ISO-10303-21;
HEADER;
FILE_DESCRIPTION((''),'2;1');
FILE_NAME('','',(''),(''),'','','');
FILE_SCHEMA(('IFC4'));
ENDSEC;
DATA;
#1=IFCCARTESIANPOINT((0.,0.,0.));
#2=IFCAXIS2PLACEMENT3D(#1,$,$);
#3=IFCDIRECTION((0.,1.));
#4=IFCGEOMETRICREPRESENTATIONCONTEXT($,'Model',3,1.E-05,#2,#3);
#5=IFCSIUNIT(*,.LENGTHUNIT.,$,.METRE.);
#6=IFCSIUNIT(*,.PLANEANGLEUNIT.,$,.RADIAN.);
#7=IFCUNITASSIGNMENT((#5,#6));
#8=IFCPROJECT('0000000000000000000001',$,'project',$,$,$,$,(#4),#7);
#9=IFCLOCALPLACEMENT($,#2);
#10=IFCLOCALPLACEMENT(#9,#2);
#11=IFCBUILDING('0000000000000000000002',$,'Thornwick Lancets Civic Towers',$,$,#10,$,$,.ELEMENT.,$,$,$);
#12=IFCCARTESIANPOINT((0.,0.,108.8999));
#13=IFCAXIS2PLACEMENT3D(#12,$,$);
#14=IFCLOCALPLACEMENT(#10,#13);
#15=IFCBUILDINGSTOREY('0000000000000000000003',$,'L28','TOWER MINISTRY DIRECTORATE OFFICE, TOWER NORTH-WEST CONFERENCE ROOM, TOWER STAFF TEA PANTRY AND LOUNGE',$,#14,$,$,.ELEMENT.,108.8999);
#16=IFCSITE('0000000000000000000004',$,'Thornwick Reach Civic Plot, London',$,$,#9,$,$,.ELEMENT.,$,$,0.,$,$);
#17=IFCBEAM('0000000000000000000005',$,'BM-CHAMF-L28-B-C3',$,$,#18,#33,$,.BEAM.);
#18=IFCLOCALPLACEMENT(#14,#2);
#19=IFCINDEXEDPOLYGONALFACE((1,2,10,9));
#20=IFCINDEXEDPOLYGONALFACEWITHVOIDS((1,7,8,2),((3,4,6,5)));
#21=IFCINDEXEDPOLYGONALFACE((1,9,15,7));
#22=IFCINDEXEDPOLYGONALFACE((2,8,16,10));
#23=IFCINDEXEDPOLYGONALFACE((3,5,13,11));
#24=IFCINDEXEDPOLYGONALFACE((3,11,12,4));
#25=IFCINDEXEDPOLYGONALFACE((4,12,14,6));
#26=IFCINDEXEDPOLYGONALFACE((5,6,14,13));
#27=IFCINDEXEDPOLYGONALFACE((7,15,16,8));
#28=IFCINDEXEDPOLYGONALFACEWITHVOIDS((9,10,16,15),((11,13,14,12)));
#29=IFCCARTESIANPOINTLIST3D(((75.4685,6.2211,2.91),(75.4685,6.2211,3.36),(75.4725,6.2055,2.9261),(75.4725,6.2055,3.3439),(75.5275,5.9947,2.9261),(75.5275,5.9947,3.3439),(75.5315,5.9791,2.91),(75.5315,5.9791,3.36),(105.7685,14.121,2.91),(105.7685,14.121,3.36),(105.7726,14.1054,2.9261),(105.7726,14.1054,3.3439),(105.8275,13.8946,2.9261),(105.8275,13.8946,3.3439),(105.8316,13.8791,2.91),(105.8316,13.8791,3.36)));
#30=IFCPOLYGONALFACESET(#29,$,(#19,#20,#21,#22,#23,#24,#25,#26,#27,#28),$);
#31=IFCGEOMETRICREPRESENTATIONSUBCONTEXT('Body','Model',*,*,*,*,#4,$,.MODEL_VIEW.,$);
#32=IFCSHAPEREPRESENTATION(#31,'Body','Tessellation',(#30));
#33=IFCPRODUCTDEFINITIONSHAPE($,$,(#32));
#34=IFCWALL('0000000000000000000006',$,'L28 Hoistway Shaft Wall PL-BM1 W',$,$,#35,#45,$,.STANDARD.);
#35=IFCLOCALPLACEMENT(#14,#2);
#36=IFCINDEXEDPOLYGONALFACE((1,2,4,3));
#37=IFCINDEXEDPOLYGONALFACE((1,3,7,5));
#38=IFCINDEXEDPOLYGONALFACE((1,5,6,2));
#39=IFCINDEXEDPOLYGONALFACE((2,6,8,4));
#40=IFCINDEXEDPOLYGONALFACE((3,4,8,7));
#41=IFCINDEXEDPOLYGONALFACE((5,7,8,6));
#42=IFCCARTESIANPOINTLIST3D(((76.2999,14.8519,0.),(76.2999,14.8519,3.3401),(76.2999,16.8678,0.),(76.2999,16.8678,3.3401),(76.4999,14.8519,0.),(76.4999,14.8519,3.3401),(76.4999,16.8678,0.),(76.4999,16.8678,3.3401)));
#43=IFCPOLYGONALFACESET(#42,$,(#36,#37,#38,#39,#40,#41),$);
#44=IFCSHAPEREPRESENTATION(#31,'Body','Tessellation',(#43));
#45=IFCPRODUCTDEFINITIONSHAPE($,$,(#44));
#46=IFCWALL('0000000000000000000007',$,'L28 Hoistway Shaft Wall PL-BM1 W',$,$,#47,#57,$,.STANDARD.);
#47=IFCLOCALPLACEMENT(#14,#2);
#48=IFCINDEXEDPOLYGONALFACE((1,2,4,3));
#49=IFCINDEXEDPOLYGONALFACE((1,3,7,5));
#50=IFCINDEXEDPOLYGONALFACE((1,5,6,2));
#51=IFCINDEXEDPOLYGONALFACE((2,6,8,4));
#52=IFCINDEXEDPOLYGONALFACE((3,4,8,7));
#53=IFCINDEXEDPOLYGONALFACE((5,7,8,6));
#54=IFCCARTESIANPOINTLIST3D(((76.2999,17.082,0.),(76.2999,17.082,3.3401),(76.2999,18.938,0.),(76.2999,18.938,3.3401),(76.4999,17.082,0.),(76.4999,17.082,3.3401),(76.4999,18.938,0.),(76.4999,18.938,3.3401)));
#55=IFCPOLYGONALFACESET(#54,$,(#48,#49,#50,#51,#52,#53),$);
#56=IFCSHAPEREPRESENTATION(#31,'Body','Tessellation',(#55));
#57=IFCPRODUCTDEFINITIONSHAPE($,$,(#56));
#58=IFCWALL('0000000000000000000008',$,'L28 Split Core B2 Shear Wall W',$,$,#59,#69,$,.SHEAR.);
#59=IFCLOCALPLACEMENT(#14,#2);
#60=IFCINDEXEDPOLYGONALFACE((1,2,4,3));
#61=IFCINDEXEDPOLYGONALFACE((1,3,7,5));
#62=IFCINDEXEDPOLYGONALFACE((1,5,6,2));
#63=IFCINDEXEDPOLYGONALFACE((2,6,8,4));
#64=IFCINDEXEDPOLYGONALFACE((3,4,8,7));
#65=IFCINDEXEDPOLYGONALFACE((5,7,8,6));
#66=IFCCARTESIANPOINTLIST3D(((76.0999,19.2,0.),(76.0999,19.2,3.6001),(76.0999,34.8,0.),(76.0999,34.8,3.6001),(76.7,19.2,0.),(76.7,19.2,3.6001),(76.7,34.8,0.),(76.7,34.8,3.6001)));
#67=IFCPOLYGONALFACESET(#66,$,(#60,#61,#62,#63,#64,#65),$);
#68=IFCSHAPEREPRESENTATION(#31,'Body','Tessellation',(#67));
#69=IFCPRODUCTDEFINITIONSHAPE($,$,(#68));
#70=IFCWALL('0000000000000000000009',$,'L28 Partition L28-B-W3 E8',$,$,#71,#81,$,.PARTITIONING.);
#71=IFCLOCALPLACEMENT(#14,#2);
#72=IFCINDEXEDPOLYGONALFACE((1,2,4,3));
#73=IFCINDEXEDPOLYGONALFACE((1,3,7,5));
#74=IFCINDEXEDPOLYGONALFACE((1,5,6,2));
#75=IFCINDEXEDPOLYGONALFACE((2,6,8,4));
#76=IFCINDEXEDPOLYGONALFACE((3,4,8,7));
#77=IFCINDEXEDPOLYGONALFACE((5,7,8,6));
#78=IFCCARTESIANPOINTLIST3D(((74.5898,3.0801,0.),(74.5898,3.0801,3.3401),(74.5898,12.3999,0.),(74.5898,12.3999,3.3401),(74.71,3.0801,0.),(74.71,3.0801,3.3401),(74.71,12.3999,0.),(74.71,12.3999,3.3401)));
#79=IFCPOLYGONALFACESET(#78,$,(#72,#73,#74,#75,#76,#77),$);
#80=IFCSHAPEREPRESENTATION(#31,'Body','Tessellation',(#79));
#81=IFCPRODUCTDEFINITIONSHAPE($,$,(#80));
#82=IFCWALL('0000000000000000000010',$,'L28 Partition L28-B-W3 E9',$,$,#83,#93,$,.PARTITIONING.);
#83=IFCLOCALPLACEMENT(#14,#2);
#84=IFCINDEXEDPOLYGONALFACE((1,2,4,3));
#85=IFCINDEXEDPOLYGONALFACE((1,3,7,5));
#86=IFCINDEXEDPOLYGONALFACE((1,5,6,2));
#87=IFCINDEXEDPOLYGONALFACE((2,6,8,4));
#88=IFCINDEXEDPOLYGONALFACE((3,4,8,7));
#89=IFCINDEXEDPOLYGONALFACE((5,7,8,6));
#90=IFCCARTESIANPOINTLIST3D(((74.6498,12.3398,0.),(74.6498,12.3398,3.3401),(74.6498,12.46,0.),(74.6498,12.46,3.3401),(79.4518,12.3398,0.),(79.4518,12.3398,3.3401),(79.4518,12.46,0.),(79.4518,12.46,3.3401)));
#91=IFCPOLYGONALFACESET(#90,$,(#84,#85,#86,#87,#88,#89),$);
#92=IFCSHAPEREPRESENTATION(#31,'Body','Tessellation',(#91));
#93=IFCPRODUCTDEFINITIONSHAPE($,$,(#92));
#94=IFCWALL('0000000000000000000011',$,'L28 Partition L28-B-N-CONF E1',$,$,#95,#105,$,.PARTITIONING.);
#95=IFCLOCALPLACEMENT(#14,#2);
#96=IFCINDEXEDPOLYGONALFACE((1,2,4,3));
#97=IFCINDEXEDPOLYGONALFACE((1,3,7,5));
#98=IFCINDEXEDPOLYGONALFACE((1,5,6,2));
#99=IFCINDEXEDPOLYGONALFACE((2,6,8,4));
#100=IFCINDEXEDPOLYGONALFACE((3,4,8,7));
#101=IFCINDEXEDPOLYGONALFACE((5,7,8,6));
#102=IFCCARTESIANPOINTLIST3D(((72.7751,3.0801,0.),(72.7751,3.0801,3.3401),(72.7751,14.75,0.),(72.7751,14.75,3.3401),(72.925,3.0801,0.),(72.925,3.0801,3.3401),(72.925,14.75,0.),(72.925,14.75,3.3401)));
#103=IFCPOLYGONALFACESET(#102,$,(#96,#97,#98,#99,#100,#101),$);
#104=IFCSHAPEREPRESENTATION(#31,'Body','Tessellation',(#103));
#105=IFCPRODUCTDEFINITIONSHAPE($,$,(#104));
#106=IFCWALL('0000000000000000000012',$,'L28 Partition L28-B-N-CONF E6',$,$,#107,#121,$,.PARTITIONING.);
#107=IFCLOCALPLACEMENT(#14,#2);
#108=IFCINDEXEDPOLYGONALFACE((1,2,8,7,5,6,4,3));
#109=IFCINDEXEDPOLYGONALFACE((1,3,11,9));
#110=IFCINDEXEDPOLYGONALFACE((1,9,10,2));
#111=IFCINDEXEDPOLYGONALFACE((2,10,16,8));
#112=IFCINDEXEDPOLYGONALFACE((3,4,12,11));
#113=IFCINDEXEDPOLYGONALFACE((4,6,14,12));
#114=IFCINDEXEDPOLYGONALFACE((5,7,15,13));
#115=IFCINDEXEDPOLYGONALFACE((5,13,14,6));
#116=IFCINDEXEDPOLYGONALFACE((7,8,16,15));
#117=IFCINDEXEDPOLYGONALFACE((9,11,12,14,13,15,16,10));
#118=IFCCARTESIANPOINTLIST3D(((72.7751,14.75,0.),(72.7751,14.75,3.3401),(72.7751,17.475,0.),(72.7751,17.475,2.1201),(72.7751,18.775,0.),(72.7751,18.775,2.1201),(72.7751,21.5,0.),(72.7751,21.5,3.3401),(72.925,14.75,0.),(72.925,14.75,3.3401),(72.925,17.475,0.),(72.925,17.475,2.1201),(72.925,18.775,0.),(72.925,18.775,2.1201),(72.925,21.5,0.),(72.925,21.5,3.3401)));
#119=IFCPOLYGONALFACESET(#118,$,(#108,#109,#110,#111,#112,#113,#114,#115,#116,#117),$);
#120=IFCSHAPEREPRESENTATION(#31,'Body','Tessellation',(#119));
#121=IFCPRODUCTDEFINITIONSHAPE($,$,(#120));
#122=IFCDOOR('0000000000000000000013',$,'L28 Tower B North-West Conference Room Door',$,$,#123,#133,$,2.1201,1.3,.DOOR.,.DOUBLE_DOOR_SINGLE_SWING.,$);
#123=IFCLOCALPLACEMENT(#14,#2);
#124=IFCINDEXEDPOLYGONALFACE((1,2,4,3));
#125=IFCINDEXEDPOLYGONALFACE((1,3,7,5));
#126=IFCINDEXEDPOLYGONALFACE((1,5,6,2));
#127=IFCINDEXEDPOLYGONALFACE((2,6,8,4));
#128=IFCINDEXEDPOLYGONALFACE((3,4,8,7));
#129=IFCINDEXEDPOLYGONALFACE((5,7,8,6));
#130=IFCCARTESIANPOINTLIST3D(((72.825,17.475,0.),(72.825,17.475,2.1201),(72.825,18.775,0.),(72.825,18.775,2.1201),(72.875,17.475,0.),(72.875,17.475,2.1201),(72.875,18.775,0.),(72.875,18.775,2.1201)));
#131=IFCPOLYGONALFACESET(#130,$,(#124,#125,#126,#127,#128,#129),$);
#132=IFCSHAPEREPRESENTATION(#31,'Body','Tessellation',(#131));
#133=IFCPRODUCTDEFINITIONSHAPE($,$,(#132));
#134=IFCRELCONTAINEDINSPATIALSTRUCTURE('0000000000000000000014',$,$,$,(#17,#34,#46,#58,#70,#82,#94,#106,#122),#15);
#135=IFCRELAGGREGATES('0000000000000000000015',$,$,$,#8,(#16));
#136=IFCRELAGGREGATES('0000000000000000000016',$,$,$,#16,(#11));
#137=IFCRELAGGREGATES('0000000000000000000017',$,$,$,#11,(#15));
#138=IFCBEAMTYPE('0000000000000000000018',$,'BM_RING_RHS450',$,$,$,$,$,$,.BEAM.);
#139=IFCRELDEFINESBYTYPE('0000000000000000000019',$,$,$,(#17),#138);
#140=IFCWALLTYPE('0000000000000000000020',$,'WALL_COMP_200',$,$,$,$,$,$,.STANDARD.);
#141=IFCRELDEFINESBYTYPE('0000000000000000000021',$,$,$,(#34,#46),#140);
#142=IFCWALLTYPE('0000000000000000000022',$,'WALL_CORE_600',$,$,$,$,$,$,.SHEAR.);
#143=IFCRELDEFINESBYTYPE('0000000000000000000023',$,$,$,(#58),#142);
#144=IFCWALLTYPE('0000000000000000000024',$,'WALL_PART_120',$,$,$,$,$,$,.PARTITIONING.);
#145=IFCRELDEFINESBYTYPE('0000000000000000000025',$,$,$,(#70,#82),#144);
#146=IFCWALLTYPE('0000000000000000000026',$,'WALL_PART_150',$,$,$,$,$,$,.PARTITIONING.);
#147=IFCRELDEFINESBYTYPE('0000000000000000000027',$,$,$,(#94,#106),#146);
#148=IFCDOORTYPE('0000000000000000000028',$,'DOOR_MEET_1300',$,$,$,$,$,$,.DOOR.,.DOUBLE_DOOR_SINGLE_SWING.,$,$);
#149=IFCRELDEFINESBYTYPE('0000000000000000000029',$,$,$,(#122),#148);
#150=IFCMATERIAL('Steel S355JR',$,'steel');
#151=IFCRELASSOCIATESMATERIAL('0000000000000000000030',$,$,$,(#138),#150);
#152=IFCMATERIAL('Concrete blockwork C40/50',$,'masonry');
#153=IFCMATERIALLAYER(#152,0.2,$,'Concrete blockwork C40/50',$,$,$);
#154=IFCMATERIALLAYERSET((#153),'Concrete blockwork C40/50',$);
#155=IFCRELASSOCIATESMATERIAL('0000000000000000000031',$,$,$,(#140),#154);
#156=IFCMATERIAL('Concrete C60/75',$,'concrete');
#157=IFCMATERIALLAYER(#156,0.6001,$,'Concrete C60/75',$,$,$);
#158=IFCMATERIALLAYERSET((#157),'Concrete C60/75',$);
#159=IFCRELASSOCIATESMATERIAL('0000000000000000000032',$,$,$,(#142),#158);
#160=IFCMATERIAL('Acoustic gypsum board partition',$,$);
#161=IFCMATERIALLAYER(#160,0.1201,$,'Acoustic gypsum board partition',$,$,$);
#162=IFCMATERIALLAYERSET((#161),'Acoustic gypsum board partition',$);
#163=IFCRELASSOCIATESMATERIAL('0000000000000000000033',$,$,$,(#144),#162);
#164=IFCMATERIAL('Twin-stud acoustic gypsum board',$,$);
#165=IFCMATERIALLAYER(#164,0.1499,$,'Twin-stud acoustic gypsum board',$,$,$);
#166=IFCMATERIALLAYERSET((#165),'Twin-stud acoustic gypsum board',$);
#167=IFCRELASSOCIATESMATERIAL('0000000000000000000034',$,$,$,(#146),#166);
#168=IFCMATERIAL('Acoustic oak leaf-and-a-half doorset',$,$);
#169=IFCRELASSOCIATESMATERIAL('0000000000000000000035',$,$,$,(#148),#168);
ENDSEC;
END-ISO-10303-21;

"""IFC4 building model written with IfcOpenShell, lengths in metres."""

from ifc_helpers import new_model, si_unit, direction, frame, frame_2d, origin, origin_2d, place, context, subcontext, project, spatial, rectangle, hollow_rectangle, extrude, material, layer, layer_set, material_profile, profile_set, type_object, element, fill, save


model = new_model("IFC4")

# Units and contexts
model_context = context("Model", 3, precision=1e-05, world=origin(), true_north=direction((0.0, 1.0)))
body_context = subcontext(model_context, "Body", "Model", "MODEL_VIEW")
ifc_project = project(units=[si_unit("LENGTHUNIT", "METRE"), si_unit("PLANEANGLEUNIT", "RADIAN")], contexts=[model_context])

# Site, building, storey
site_placement = place(None, origin())
site = spatial("IfcSite", under=ifc_project, at=site_placement, Name="Thornwick Reach Civic Plot, London", CompositionType="ELEMENT", RefElevation=0.0)
building_placement = place(site_placement, origin())
building = spatial("IfcBuilding", under=site, at=building_placement, Name="Thornwick Lancets Civic Towers", CompositionType="ELEMENT")
storey_placement = place(building_placement, frame((0.0, 0.0, 108.8999)))
storey = spatial("IfcBuildingStorey", under=building, at=storey_placement, Name="L28", Description="TOWER MINISTRY DIRECTORATE OFFICE, TOWER NORTH-WEST CONFERENCE ROOM, TOWER STAFF TEA PANTRY AND LOUNGE", CompositionType="ELEMENT", Elevation=108.8999)

# Shared definitions
ifc_material_1 = material(Name="Concrete C60/75", Category="concrete")

# Beam
ifc_material_2 = material(Name="Steel S355JR", Category="steel")
ifc_material_profile_1 = material_profile(ifc_material_2, hollow_rectangle(XDim=0.25, YDim=0.45, WallThickness=0.0161, at=origin_2d()), Name="RHS 450x250x16")
ifc_profile_set_1 = profile_set([ifc_material_profile_1], Name="Steel S355JR")
beam_type_1 = type_object("IfcBeamType", Name="BM_RING_RHS450", PredefinedType="BEAM", material=ifc_profile_set_1)
beam_1_placement = place(storey_placement, frame((75.5, 6.1001, 3.135), z_axis=(0.967652, 0.252289, 0.0), x_axis=(-0.252289, 0.967652, 0.0)))
element("IfcBeam", 1, at=beam_1_placement, inside=storey, type_object=beam_type_1, Name="BM-CHAMF-L28-B-C3", PredefinedType="BEAM", context=body_context, shape_type="SweptSolid", body=[
    extrude(hollow_rectangle(XDim=0.25, YDim=0.45, WallThickness=0.0161, at=origin_2d()), origin(), (0.0, 0.0, 1.0), 31.313),
])

# Walls
ifc_material_3 = material(Name="Concrete blockwork C40/50", Category="masonry")
ifc_layer_1 = layer(ifc_material_3, 0.2, Name="Concrete blockwork C40/50")
ifc_layer_set_1 = layer_set([ifc_layer_1], Name="Concrete blockwork C40/50")
wall_type_1 = type_object("IfcWallType", Name="WALL_COMP_200", PredefinedType="STANDARD", material=ifc_layer_set_1)
wall_1_placement = place(storey_placement, frame((76.3999, 14.8521, 0.0), z_axis=(0.0, 0.0, 1.0), x_axis=(0.0, 1.0, 0.0)))
element("IfcWall", 2, at=wall_1_placement, inside=storey, type_object=wall_type_1, Name="L28 Hoistway Shaft Wall PL-BM1 W", PredefinedType="STANDARD", context=body_context, shape_type="SweptSolid", body=[
    extrude(rectangle(XDim=2.0159, YDim=0.2, at=frame_2d((1.0078, 0.0))), origin(), (0.0, 0.0, 1.0), 3.3401),
])
wall_2_placement = place(storey_placement, frame((76.3999, 17.082, 0.0), z_axis=(0.0, 0.0, 1.0), x_axis=(0.0, 1.0, 0.0)))
element("IfcWall", 3, at=wall_2_placement, inside=storey, type_object=wall_type_1, Name="L28 Hoistway Shaft Wall PL-BM1 W", PredefinedType="STANDARD", context=body_context, shape_type="SweptSolid", body=[
    extrude(rectangle(XDim=1.856, YDim=0.2, at=frame_2d((0.928, 0.0))), origin(), (0.0, 0.0, 1.0), 3.3401),
])
ifc_layer_2 = layer(ifc_material_1, 0.6001, Name="Concrete C60/75")
ifc_layer_set_2 = layer_set([ifc_layer_2], Name="Concrete C60/75")
wall_type_2 = type_object("IfcWallType", Name="WALL_CORE_600", PredefinedType="SHEAR", material=ifc_layer_set_2)
wall_3_placement = place(storey_placement, frame((76.3999, 19.2, 0.0), z_axis=(0.0, 0.0, 1.0), x_axis=(0.0, 1.0, 0.0)))
element("IfcWall", 4, at=wall_3_placement, inside=storey, type_object=wall_type_2, Name="L28 Split Core B2 Shear Wall W", PredefinedType="SHEAR", context=body_context, shape_type="SweptSolid", body=[
    extrude(rectangle(XDim=15.6001, YDim=0.6001, at=frame_2d((7.8, 0.0))), origin(), (0.0, 0.0, 1.0), 3.6001),
])
ifc_material_4 = material(Name="Acoustic gypsum board partition")
ifc_layer_3 = layer(ifc_material_4, 0.1201, Name="Acoustic gypsum board partition")
ifc_layer_set_3 = layer_set([ifc_layer_3], Name="Acoustic gypsum board partition")
wall_type_3 = type_object("IfcWallType", Name="WALL_PART_120", PredefinedType="PARTITIONING", material=ifc_layer_set_3)
wall_4_placement = place(storey_placement, frame((74.6499, 3.0801, 0.0), z_axis=(0.0, 0.0, 1.0), x_axis=(0.0, 1.0, 0.0)))
element("IfcWall", 5, at=wall_4_placement, inside=storey, type_object=wall_type_3, Name="L28 Partition L28-B-W3 E8", PredefinedType="PARTITIONING", context=body_context, shape_type="SweptSolid", body=[
    extrude(rectangle(XDim=9.3198, YDim=0.1201, at=frame_2d((4.6599, 0.0))), origin(), (0.0, 0.0, 1.0), 3.3401),
])
wall_5_placement = place(storey_placement, frame((74.6499, 12.3999, 0.0), z_axis=(0.0, 0.0, 1.0), x_axis=(1.0, 0.0, 0.0)))
element("IfcWall", 6, at=wall_5_placement, inside=storey, type_object=wall_type_3, Name="L28 Partition L28-B-W3 E9", PredefinedType="PARTITIONING", context=body_context, shape_type="SweptSolid", body=[
    extrude(rectangle(XDim=4.802, YDim=0.1201, at=frame_2d((2.4009, 0.0))), origin(), (0.0, 0.0, 1.0), 3.3401),
])
ifc_material_5 = material(Name="Twin-stud acoustic gypsum board")
ifc_layer_4 = layer(ifc_material_5, 0.1499, Name="Twin-stud acoustic gypsum board")
ifc_layer_set_4 = layer_set([ifc_layer_4], Name="Twin-stud acoustic gypsum board")
wall_type_4 = type_object("IfcWallType", Name="WALL_PART_150", PredefinedType="PARTITIONING", material=ifc_layer_set_4)
wall_6_placement = place(storey_placement, frame((72.8501, 14.75, 0.0), z_axis=(0.0, 0.0, 1.0), x_axis=(0.0, -1.0, 0.0)))
element("IfcWall", 7, at=wall_6_placement, inside=storey, type_object=wall_type_4, Name="L28 Partition L28-B-N-CONF E1", PredefinedType="PARTITIONING", context=body_context, shape_type="SweptSolid", body=[
    extrude(rectangle(XDim=11.6699, YDim=0.1499, at=frame_2d((5.835, 0.0))), origin(), (0.0, 0.0, 1.0), 3.3401),
])

# Wall, opening, door
wall_7_placement = place(storey_placement, frame((72.8501, 21.5, 0.0), z_axis=(0.0, 0.0, 1.0), x_axis=(0.0, -1.0, 0.0)))
wall_7 = element("IfcWall", 8, at=wall_7_placement, inside=storey, type_object=wall_type_4, Name="L28 Partition L28-B-N-CONF E6", PredefinedType="PARTITIONING", context=body_context, shape_type="SweptSolid", body=[
    extrude(rectangle(XDim=6.75, YDim=0.1499, at=frame_2d((3.375, 0.0))), origin(), (0.0, 0.0, 1.0), 3.3401),
])
opening_placement = place(wall_7_placement, frame((2.7251, 0.0, 0.0)))
opening = element("IfcOpeningElement", 9, at=opening_placement, cuts=wall_7, PredefinedType="OPENING", context=body_context, shape_type="SweptSolid", body=[
    extrude(rectangle(XDim=1.3, YDim=2.1201, at=frame_2d((0.6499, 1.0601))), frame((0.0, 0.085, 0.0), z_axis=(0.0, -1.0, 0.0), x_axis=(1.0, 0.0, 0.0)), (0.0, 0.0, 1.0), 0.1699),
])
ifc_material_6 = material(Name="Acoustic oak leaf-and-a-half doorset")
door_type = type_object("IfcDoorType", Name="DOOR_MEET_1300", OperationType="DOUBLE_DOOR_SINGLE_SWING", PredefinedType="DOOR", material=ifc_material_6)
door_placement = place(opening_placement, origin())
door = element("IfcDoor", 10, at=door_placement, inside=storey, type_object=door_type, Name="L28 Tower B North-West Conference Room Door", OperationType="DOUBLE_DOOR_SINGLE_SWING", OverallHeight=2.1201, OverallWidth=1.3, PredefinedType="DOOR", context=body_context, shape_type="SweptSolid", body=[
    extrude(rectangle(XDim=1.3, YDim=2.1201, at=frame_2d((0.6499, 1.0601))), frame((0.0, 0.0249, 0.0), z_axis=(0.0, -1.0, 0.0), x_axis=(1.0, 0.0, 0.0)), (0.0, 0.0, 1.0), 0.05),
])
fill(opening, door)

save(model, "model.ifc")
